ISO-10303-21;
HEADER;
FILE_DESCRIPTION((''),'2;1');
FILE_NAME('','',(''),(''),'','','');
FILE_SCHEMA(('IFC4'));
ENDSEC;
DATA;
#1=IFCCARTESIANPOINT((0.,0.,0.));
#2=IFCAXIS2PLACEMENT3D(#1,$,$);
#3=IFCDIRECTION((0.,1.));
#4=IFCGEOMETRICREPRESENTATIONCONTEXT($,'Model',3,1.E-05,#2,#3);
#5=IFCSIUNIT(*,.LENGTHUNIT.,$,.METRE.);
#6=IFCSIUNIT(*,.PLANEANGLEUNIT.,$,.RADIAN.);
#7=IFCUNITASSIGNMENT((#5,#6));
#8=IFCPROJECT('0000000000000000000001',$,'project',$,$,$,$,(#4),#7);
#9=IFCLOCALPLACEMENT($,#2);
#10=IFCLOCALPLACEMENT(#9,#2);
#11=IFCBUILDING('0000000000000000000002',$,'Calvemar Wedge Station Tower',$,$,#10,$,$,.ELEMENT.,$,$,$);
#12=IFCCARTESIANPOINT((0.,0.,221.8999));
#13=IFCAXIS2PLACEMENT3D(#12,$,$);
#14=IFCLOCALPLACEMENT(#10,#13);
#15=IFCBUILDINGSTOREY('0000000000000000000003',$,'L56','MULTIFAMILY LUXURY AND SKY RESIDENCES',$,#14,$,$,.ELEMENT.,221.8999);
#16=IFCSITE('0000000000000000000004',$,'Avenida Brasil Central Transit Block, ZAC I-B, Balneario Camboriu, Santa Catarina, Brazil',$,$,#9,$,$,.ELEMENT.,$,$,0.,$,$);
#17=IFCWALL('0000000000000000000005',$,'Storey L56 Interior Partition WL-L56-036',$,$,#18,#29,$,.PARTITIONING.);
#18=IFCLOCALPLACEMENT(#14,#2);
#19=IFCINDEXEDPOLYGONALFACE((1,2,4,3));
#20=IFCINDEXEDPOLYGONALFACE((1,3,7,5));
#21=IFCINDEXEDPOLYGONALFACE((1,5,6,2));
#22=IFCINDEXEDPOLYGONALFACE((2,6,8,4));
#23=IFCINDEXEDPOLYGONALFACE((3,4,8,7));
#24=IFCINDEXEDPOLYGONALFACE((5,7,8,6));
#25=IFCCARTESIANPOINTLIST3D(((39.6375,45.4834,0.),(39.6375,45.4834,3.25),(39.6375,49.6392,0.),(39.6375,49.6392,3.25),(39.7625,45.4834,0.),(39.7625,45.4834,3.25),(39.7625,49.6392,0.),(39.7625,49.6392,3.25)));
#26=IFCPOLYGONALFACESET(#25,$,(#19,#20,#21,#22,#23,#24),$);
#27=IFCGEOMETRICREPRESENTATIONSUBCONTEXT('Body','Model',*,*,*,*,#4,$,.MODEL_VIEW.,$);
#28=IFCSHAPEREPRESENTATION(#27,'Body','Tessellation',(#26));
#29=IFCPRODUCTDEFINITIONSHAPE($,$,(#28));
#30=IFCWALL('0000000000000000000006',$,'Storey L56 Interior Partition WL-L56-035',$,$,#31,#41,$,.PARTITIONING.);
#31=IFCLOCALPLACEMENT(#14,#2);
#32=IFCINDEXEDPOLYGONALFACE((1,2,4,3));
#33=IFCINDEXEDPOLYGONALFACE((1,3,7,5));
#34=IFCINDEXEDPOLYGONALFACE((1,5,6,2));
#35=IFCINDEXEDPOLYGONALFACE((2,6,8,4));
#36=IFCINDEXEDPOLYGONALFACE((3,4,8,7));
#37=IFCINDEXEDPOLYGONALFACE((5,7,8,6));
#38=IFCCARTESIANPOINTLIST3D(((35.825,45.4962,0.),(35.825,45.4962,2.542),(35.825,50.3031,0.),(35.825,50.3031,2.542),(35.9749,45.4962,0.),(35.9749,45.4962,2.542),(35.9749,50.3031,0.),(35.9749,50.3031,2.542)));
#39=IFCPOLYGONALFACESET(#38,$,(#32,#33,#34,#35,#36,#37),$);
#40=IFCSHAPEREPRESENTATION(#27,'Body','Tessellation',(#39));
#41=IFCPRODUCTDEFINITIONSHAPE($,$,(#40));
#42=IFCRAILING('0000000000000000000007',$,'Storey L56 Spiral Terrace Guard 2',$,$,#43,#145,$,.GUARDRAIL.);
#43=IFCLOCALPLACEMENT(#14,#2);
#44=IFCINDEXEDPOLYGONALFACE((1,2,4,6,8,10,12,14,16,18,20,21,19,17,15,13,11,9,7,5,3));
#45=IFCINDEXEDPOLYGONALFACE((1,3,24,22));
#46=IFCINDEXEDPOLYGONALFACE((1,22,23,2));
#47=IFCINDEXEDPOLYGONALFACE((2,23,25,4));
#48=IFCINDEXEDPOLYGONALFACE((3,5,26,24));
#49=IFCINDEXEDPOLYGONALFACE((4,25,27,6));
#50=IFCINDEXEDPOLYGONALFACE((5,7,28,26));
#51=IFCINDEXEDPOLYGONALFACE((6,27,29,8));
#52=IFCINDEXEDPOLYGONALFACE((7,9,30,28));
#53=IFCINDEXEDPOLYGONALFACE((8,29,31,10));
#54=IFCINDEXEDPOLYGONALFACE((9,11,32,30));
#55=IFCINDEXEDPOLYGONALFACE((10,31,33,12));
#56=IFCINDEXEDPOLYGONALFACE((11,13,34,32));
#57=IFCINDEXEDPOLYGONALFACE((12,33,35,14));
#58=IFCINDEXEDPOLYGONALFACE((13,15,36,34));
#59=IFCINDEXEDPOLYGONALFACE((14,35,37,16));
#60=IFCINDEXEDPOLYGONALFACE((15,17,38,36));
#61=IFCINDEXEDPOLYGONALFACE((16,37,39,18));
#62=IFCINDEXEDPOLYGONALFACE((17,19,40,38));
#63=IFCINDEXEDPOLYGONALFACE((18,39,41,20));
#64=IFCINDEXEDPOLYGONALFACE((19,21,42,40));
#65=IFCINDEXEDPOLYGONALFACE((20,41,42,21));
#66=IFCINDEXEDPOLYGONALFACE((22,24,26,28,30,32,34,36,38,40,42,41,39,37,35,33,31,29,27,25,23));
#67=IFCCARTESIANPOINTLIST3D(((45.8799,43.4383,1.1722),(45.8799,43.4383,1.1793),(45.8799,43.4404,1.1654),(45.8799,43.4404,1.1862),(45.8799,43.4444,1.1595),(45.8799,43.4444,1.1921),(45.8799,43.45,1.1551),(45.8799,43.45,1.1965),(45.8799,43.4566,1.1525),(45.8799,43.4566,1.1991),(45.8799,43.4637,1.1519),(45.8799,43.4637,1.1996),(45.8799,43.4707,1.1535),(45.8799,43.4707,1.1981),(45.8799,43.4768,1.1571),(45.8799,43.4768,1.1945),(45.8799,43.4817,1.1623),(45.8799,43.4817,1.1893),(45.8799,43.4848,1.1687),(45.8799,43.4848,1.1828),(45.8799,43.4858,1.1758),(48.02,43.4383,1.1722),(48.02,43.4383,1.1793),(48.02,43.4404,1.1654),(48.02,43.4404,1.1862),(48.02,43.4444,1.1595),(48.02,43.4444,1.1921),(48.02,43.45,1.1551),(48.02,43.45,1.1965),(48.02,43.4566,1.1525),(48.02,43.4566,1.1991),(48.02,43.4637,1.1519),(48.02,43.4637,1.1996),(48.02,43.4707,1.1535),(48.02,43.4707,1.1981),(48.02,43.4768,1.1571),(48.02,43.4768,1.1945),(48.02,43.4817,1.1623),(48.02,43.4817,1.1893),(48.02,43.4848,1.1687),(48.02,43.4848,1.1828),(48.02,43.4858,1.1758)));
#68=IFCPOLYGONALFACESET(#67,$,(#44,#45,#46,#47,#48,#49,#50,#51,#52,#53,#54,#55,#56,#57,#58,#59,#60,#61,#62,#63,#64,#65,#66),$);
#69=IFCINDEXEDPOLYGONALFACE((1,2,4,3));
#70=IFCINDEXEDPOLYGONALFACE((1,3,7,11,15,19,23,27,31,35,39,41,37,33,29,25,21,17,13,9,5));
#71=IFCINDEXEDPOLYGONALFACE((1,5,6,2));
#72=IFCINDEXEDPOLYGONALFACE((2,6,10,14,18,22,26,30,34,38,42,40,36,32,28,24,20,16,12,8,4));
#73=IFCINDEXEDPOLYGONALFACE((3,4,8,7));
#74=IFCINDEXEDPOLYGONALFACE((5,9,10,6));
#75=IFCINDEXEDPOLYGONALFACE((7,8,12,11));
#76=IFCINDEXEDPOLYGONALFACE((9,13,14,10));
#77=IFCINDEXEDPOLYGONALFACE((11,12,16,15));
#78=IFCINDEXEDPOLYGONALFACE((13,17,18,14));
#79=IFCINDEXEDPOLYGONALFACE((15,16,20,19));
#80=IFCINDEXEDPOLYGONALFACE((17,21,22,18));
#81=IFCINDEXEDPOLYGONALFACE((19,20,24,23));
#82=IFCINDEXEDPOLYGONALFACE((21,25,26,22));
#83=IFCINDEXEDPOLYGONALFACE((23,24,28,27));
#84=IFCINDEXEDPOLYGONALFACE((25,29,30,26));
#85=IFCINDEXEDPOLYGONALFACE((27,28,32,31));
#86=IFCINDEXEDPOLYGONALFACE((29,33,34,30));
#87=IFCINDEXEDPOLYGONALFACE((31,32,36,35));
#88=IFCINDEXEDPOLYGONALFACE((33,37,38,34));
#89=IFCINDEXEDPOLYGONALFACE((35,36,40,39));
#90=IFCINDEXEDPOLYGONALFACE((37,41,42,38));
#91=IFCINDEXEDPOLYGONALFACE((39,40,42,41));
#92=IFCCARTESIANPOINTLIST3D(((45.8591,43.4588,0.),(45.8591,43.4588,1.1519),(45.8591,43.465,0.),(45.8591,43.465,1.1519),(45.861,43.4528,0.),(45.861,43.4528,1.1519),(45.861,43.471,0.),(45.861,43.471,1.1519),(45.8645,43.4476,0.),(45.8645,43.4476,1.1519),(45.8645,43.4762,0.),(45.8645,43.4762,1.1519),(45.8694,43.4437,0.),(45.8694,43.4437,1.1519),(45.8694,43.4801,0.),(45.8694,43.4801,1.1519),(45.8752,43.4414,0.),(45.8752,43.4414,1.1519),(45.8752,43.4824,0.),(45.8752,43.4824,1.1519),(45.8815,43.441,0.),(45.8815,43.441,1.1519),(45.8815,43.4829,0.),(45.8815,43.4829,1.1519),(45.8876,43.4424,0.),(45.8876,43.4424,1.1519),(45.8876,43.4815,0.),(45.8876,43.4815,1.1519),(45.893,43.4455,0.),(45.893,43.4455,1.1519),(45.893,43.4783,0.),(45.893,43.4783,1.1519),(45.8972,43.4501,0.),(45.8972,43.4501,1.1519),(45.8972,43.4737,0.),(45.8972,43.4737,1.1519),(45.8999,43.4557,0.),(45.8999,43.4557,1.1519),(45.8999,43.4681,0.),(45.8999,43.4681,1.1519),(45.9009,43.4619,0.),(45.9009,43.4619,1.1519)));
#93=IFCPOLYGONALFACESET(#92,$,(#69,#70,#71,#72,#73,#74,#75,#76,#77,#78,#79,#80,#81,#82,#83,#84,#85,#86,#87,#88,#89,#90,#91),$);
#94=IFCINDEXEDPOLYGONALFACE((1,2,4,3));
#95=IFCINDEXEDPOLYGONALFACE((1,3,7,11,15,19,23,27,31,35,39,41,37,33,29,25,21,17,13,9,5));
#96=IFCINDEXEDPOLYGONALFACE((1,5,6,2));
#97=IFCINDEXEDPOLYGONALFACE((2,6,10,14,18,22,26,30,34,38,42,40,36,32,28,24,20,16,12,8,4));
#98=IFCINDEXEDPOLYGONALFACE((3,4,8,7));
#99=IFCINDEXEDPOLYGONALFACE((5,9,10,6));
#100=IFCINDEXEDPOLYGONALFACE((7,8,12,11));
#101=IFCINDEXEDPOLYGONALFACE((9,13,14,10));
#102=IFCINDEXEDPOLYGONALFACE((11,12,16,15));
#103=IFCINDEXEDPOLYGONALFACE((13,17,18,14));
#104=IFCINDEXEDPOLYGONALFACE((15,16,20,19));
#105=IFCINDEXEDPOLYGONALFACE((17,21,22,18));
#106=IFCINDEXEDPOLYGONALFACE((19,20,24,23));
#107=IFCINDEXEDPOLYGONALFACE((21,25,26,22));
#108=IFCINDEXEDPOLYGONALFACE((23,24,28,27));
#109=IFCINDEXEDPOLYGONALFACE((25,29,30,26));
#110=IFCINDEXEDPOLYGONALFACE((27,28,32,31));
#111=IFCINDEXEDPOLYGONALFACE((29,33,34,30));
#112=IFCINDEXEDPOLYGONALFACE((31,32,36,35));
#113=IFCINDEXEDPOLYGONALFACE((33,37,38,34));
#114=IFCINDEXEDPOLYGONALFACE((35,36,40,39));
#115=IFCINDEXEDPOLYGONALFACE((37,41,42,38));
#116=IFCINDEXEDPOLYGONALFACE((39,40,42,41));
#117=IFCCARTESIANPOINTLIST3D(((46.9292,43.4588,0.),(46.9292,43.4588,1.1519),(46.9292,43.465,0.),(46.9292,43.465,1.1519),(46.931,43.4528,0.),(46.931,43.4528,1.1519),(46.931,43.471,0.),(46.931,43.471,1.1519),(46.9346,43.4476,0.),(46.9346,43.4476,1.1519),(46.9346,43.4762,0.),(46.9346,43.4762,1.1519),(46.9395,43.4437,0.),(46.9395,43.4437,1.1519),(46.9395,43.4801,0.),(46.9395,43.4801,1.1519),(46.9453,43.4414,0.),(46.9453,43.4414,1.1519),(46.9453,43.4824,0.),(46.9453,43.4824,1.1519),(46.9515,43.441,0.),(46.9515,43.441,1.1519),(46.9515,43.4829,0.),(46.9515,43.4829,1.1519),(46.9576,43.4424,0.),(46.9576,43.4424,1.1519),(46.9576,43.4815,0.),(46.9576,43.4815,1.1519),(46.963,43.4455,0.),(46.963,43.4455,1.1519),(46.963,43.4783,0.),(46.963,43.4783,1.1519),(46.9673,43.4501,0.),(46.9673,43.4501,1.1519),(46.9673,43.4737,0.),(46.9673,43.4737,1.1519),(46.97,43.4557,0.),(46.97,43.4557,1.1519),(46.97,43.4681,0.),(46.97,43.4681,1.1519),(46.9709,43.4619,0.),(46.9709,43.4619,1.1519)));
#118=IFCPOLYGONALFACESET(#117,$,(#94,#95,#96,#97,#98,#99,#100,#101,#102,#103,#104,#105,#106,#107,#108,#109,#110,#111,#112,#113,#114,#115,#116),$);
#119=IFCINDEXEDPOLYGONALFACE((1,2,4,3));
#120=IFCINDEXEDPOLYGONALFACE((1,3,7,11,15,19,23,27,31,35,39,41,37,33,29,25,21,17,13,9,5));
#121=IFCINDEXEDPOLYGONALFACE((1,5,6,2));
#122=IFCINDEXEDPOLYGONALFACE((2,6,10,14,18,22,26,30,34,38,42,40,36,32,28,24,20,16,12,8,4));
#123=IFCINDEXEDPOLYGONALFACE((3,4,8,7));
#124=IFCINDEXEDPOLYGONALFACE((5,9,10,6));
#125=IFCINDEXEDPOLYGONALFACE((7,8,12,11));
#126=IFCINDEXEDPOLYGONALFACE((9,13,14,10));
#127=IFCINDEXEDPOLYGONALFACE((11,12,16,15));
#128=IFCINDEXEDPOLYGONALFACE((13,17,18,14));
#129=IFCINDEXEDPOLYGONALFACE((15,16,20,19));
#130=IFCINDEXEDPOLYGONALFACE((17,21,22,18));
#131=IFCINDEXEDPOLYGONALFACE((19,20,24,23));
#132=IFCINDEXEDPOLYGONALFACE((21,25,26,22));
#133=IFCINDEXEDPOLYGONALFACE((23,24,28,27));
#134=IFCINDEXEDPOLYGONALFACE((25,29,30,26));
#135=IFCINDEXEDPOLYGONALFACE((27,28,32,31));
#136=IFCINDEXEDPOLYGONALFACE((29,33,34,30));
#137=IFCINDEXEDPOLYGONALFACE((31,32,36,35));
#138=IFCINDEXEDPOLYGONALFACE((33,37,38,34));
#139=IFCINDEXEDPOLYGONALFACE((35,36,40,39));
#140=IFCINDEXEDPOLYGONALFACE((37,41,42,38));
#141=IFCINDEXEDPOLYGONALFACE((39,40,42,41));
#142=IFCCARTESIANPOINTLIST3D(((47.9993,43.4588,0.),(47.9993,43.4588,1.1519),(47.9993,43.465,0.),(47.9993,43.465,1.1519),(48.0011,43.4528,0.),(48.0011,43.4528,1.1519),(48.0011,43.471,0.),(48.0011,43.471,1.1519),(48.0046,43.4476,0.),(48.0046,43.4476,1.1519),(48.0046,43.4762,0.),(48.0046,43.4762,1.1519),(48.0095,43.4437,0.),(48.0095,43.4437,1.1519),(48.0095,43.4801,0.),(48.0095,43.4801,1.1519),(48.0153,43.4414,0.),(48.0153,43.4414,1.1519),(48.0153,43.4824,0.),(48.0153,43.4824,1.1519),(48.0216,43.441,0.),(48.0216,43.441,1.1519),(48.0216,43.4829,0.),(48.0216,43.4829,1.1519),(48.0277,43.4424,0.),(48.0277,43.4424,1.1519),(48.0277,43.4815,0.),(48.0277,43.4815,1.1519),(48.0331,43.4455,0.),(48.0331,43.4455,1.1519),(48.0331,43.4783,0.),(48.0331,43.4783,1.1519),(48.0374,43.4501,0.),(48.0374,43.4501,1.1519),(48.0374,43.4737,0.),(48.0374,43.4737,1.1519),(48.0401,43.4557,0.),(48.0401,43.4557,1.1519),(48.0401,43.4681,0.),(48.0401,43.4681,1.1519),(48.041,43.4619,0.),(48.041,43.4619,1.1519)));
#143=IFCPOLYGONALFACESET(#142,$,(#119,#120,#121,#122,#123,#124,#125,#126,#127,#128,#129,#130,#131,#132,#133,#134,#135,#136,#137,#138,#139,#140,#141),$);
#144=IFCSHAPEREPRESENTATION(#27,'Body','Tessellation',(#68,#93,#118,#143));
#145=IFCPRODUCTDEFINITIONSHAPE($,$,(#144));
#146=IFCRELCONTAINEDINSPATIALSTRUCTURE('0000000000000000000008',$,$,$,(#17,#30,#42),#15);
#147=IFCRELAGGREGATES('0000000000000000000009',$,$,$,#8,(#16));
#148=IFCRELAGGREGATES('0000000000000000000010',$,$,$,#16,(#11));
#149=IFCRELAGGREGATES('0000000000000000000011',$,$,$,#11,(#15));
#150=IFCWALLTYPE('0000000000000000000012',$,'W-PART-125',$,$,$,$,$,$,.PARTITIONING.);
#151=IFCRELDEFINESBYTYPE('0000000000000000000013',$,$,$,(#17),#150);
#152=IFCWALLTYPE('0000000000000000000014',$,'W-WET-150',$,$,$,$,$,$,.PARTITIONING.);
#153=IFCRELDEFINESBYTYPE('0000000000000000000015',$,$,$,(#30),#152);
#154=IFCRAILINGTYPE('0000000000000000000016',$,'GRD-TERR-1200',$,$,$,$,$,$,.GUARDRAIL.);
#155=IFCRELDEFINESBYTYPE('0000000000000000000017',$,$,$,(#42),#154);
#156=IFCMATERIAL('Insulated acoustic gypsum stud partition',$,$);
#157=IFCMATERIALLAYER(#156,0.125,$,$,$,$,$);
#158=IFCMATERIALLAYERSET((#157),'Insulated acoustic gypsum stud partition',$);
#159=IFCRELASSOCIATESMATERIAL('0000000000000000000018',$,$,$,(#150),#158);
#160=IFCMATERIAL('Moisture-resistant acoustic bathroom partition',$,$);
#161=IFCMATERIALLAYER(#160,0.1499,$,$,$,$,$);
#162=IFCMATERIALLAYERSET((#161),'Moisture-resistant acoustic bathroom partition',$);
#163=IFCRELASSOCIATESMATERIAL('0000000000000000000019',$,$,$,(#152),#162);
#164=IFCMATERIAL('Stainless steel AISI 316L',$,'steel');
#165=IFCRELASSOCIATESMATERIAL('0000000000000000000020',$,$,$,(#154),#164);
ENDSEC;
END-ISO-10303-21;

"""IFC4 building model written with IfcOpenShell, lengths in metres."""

from ifc_helpers import new_model, si_unit, direction, frame, frame_2d, origin, origin_2d, place, context, subcontext, project, spatial, rectangle, circle, extrude, material, layer, layer_set, type_object, element, save


model = new_model("IFC4")

# Units and contexts
model_context = context("Model", 3, precision=1e-05, world=origin(), true_north=direction((0.0, 1.0)))
body_context = subcontext(model_context, "Body", "Model", "MODEL_VIEW")
ifc_project = project(units=[si_unit("LENGTHUNIT", "METRE"), si_unit("PLANEANGLEUNIT", "RADIAN")], contexts=[model_context])

# Site, building, storey
site_placement = place(None, origin())
site = spatial("IfcSite", under=ifc_project, at=site_placement, Name="Avenida Brasil Central Transit Block, ZAC I-B, Balneario Camboriu, Santa Catarina, Brazil", CompositionType="ELEMENT", RefElevation=0.0)
building_placement = place(site_placement, origin())
building = spatial("IfcBuilding", under=site, at=building_placement, Name="Calvemar Wedge Station Tower", CompositionType="ELEMENT")
storey_placement = place(building_placement, frame((0.0, 0.0, 221.8999)))
storey = spatial("IfcBuildingStorey", under=building, at=storey_placement, Name="L56", Description="MULTIFAMILY LUXURY AND SKY RESIDENCES", CompositionType="ELEMENT", Elevation=221.8999)

# Shared definitions
ifc_material_1 = material(Name="Insulated acoustic gypsum stud partition")
ifc_layer_1 = layer(ifc_material_1, 0.125)
ifc_layer_set_1 = layer_set([ifc_layer_1], Name="Insulated acoustic gypsum stud partition")
wall_type_1 = type_object("IfcWallType", Name="W-PART-125", PredefinedType="PARTITIONING", material=ifc_layer_set_1)

# Walls
wall_1_placement = place(storey_placement, frame((39.7, 49.6392, 0.0), z_axis=(0.0, 0.0, 1.0), x_axis=(0.0, -1.0, 0.0)))
element("IfcWall", 1, at=wall_1_placement, inside=storey, type_object=wall_type_1, Name="Storey L56 Interior Partition WL-L56-036", PredefinedType="PARTITIONING", context=body_context, shape_type="SweptSolid", body=[
    extrude(rectangle(XDim=4.1558, YDim=0.125, at=frame_2d((2.0779, 0.0))), origin(), (0.0, 0.0, 1.0), 3.25),
])
ifc_material_2 = material(Name="Moisture-resistant acoustic bathroom partition")
ifc_layer_2 = layer(ifc_material_2, 0.1499)
ifc_layer_set_2 = layer_set([ifc_layer_2], Name="Moisture-resistant acoustic bathroom partition")
wall_type_2 = type_object("IfcWallType", Name="W-WET-150", PredefinedType="PARTITIONING", material=ifc_layer_set_2)
wall_2_placement = place(storey_placement, frame((35.8999, 50.303, 0.0), z_axis=(0.0, 0.0, 1.0), x_axis=(0.0, -1.0, 0.0)))
element("IfcWall", 2, at=wall_2_placement, inside=storey, type_object=wall_type_2, Name="Storey L56 Interior Partition WL-L56-035", PredefinedType="PARTITIONING", context=body_context, shape_type="SweptSolid", body=[
    extrude(rectangle(XDim=4.8069, YDim=0.1499, at=frame_2d((2.4033, 0.0))), origin(), (0.0, 0.0, 1.0), 2.542),
])

# Railing
ifc_material_3 = material(Name="Stainless steel AISI 316L", Category="steel")
railing_type = type_object("IfcRailingType", Name="GRD-TERR-1200", PredefinedType="GUARDRAIL", material=ifc_material_3)
railing_1_placement = place(storey_placement, frame((45.8799, 43.4619, 0.0)))
element("IfcRailing", 3, at=railing_1_placement, inside=storey, type_object=railing_type, Name="Storey L56 Spiral Terrace Guard 2", PredefinedType="GUARDRAIL", context=body_context, shape_type="SweptSolid", body=[
    extrude(circle(Radius=0.0239, at=origin_2d()), frame((0.0, 0.0, 1.1758), z_axis=(1.0, 0.0, 0.0), x_axis=(0.0, 1.0, 0.0)), (0.0, 0.0, 1.0), 2.1401),
    extrude(circle(Radius=0.021, at=origin_2d()), origin(), (0.0, 0.0, 1.0), 1.1519),
    extrude(circle(Radius=0.021, at=origin_2d()), frame((1.0701, 0.0, 0.0)), (0.0, 0.0, 1.0), 1.1519),
    extrude(circle(Radius=0.021, at=origin_2d()), frame((2.1401, 0.0, 0.0)), (0.0, 0.0, 1.0), 1.1519),
])

save(model, "model.ifc")
